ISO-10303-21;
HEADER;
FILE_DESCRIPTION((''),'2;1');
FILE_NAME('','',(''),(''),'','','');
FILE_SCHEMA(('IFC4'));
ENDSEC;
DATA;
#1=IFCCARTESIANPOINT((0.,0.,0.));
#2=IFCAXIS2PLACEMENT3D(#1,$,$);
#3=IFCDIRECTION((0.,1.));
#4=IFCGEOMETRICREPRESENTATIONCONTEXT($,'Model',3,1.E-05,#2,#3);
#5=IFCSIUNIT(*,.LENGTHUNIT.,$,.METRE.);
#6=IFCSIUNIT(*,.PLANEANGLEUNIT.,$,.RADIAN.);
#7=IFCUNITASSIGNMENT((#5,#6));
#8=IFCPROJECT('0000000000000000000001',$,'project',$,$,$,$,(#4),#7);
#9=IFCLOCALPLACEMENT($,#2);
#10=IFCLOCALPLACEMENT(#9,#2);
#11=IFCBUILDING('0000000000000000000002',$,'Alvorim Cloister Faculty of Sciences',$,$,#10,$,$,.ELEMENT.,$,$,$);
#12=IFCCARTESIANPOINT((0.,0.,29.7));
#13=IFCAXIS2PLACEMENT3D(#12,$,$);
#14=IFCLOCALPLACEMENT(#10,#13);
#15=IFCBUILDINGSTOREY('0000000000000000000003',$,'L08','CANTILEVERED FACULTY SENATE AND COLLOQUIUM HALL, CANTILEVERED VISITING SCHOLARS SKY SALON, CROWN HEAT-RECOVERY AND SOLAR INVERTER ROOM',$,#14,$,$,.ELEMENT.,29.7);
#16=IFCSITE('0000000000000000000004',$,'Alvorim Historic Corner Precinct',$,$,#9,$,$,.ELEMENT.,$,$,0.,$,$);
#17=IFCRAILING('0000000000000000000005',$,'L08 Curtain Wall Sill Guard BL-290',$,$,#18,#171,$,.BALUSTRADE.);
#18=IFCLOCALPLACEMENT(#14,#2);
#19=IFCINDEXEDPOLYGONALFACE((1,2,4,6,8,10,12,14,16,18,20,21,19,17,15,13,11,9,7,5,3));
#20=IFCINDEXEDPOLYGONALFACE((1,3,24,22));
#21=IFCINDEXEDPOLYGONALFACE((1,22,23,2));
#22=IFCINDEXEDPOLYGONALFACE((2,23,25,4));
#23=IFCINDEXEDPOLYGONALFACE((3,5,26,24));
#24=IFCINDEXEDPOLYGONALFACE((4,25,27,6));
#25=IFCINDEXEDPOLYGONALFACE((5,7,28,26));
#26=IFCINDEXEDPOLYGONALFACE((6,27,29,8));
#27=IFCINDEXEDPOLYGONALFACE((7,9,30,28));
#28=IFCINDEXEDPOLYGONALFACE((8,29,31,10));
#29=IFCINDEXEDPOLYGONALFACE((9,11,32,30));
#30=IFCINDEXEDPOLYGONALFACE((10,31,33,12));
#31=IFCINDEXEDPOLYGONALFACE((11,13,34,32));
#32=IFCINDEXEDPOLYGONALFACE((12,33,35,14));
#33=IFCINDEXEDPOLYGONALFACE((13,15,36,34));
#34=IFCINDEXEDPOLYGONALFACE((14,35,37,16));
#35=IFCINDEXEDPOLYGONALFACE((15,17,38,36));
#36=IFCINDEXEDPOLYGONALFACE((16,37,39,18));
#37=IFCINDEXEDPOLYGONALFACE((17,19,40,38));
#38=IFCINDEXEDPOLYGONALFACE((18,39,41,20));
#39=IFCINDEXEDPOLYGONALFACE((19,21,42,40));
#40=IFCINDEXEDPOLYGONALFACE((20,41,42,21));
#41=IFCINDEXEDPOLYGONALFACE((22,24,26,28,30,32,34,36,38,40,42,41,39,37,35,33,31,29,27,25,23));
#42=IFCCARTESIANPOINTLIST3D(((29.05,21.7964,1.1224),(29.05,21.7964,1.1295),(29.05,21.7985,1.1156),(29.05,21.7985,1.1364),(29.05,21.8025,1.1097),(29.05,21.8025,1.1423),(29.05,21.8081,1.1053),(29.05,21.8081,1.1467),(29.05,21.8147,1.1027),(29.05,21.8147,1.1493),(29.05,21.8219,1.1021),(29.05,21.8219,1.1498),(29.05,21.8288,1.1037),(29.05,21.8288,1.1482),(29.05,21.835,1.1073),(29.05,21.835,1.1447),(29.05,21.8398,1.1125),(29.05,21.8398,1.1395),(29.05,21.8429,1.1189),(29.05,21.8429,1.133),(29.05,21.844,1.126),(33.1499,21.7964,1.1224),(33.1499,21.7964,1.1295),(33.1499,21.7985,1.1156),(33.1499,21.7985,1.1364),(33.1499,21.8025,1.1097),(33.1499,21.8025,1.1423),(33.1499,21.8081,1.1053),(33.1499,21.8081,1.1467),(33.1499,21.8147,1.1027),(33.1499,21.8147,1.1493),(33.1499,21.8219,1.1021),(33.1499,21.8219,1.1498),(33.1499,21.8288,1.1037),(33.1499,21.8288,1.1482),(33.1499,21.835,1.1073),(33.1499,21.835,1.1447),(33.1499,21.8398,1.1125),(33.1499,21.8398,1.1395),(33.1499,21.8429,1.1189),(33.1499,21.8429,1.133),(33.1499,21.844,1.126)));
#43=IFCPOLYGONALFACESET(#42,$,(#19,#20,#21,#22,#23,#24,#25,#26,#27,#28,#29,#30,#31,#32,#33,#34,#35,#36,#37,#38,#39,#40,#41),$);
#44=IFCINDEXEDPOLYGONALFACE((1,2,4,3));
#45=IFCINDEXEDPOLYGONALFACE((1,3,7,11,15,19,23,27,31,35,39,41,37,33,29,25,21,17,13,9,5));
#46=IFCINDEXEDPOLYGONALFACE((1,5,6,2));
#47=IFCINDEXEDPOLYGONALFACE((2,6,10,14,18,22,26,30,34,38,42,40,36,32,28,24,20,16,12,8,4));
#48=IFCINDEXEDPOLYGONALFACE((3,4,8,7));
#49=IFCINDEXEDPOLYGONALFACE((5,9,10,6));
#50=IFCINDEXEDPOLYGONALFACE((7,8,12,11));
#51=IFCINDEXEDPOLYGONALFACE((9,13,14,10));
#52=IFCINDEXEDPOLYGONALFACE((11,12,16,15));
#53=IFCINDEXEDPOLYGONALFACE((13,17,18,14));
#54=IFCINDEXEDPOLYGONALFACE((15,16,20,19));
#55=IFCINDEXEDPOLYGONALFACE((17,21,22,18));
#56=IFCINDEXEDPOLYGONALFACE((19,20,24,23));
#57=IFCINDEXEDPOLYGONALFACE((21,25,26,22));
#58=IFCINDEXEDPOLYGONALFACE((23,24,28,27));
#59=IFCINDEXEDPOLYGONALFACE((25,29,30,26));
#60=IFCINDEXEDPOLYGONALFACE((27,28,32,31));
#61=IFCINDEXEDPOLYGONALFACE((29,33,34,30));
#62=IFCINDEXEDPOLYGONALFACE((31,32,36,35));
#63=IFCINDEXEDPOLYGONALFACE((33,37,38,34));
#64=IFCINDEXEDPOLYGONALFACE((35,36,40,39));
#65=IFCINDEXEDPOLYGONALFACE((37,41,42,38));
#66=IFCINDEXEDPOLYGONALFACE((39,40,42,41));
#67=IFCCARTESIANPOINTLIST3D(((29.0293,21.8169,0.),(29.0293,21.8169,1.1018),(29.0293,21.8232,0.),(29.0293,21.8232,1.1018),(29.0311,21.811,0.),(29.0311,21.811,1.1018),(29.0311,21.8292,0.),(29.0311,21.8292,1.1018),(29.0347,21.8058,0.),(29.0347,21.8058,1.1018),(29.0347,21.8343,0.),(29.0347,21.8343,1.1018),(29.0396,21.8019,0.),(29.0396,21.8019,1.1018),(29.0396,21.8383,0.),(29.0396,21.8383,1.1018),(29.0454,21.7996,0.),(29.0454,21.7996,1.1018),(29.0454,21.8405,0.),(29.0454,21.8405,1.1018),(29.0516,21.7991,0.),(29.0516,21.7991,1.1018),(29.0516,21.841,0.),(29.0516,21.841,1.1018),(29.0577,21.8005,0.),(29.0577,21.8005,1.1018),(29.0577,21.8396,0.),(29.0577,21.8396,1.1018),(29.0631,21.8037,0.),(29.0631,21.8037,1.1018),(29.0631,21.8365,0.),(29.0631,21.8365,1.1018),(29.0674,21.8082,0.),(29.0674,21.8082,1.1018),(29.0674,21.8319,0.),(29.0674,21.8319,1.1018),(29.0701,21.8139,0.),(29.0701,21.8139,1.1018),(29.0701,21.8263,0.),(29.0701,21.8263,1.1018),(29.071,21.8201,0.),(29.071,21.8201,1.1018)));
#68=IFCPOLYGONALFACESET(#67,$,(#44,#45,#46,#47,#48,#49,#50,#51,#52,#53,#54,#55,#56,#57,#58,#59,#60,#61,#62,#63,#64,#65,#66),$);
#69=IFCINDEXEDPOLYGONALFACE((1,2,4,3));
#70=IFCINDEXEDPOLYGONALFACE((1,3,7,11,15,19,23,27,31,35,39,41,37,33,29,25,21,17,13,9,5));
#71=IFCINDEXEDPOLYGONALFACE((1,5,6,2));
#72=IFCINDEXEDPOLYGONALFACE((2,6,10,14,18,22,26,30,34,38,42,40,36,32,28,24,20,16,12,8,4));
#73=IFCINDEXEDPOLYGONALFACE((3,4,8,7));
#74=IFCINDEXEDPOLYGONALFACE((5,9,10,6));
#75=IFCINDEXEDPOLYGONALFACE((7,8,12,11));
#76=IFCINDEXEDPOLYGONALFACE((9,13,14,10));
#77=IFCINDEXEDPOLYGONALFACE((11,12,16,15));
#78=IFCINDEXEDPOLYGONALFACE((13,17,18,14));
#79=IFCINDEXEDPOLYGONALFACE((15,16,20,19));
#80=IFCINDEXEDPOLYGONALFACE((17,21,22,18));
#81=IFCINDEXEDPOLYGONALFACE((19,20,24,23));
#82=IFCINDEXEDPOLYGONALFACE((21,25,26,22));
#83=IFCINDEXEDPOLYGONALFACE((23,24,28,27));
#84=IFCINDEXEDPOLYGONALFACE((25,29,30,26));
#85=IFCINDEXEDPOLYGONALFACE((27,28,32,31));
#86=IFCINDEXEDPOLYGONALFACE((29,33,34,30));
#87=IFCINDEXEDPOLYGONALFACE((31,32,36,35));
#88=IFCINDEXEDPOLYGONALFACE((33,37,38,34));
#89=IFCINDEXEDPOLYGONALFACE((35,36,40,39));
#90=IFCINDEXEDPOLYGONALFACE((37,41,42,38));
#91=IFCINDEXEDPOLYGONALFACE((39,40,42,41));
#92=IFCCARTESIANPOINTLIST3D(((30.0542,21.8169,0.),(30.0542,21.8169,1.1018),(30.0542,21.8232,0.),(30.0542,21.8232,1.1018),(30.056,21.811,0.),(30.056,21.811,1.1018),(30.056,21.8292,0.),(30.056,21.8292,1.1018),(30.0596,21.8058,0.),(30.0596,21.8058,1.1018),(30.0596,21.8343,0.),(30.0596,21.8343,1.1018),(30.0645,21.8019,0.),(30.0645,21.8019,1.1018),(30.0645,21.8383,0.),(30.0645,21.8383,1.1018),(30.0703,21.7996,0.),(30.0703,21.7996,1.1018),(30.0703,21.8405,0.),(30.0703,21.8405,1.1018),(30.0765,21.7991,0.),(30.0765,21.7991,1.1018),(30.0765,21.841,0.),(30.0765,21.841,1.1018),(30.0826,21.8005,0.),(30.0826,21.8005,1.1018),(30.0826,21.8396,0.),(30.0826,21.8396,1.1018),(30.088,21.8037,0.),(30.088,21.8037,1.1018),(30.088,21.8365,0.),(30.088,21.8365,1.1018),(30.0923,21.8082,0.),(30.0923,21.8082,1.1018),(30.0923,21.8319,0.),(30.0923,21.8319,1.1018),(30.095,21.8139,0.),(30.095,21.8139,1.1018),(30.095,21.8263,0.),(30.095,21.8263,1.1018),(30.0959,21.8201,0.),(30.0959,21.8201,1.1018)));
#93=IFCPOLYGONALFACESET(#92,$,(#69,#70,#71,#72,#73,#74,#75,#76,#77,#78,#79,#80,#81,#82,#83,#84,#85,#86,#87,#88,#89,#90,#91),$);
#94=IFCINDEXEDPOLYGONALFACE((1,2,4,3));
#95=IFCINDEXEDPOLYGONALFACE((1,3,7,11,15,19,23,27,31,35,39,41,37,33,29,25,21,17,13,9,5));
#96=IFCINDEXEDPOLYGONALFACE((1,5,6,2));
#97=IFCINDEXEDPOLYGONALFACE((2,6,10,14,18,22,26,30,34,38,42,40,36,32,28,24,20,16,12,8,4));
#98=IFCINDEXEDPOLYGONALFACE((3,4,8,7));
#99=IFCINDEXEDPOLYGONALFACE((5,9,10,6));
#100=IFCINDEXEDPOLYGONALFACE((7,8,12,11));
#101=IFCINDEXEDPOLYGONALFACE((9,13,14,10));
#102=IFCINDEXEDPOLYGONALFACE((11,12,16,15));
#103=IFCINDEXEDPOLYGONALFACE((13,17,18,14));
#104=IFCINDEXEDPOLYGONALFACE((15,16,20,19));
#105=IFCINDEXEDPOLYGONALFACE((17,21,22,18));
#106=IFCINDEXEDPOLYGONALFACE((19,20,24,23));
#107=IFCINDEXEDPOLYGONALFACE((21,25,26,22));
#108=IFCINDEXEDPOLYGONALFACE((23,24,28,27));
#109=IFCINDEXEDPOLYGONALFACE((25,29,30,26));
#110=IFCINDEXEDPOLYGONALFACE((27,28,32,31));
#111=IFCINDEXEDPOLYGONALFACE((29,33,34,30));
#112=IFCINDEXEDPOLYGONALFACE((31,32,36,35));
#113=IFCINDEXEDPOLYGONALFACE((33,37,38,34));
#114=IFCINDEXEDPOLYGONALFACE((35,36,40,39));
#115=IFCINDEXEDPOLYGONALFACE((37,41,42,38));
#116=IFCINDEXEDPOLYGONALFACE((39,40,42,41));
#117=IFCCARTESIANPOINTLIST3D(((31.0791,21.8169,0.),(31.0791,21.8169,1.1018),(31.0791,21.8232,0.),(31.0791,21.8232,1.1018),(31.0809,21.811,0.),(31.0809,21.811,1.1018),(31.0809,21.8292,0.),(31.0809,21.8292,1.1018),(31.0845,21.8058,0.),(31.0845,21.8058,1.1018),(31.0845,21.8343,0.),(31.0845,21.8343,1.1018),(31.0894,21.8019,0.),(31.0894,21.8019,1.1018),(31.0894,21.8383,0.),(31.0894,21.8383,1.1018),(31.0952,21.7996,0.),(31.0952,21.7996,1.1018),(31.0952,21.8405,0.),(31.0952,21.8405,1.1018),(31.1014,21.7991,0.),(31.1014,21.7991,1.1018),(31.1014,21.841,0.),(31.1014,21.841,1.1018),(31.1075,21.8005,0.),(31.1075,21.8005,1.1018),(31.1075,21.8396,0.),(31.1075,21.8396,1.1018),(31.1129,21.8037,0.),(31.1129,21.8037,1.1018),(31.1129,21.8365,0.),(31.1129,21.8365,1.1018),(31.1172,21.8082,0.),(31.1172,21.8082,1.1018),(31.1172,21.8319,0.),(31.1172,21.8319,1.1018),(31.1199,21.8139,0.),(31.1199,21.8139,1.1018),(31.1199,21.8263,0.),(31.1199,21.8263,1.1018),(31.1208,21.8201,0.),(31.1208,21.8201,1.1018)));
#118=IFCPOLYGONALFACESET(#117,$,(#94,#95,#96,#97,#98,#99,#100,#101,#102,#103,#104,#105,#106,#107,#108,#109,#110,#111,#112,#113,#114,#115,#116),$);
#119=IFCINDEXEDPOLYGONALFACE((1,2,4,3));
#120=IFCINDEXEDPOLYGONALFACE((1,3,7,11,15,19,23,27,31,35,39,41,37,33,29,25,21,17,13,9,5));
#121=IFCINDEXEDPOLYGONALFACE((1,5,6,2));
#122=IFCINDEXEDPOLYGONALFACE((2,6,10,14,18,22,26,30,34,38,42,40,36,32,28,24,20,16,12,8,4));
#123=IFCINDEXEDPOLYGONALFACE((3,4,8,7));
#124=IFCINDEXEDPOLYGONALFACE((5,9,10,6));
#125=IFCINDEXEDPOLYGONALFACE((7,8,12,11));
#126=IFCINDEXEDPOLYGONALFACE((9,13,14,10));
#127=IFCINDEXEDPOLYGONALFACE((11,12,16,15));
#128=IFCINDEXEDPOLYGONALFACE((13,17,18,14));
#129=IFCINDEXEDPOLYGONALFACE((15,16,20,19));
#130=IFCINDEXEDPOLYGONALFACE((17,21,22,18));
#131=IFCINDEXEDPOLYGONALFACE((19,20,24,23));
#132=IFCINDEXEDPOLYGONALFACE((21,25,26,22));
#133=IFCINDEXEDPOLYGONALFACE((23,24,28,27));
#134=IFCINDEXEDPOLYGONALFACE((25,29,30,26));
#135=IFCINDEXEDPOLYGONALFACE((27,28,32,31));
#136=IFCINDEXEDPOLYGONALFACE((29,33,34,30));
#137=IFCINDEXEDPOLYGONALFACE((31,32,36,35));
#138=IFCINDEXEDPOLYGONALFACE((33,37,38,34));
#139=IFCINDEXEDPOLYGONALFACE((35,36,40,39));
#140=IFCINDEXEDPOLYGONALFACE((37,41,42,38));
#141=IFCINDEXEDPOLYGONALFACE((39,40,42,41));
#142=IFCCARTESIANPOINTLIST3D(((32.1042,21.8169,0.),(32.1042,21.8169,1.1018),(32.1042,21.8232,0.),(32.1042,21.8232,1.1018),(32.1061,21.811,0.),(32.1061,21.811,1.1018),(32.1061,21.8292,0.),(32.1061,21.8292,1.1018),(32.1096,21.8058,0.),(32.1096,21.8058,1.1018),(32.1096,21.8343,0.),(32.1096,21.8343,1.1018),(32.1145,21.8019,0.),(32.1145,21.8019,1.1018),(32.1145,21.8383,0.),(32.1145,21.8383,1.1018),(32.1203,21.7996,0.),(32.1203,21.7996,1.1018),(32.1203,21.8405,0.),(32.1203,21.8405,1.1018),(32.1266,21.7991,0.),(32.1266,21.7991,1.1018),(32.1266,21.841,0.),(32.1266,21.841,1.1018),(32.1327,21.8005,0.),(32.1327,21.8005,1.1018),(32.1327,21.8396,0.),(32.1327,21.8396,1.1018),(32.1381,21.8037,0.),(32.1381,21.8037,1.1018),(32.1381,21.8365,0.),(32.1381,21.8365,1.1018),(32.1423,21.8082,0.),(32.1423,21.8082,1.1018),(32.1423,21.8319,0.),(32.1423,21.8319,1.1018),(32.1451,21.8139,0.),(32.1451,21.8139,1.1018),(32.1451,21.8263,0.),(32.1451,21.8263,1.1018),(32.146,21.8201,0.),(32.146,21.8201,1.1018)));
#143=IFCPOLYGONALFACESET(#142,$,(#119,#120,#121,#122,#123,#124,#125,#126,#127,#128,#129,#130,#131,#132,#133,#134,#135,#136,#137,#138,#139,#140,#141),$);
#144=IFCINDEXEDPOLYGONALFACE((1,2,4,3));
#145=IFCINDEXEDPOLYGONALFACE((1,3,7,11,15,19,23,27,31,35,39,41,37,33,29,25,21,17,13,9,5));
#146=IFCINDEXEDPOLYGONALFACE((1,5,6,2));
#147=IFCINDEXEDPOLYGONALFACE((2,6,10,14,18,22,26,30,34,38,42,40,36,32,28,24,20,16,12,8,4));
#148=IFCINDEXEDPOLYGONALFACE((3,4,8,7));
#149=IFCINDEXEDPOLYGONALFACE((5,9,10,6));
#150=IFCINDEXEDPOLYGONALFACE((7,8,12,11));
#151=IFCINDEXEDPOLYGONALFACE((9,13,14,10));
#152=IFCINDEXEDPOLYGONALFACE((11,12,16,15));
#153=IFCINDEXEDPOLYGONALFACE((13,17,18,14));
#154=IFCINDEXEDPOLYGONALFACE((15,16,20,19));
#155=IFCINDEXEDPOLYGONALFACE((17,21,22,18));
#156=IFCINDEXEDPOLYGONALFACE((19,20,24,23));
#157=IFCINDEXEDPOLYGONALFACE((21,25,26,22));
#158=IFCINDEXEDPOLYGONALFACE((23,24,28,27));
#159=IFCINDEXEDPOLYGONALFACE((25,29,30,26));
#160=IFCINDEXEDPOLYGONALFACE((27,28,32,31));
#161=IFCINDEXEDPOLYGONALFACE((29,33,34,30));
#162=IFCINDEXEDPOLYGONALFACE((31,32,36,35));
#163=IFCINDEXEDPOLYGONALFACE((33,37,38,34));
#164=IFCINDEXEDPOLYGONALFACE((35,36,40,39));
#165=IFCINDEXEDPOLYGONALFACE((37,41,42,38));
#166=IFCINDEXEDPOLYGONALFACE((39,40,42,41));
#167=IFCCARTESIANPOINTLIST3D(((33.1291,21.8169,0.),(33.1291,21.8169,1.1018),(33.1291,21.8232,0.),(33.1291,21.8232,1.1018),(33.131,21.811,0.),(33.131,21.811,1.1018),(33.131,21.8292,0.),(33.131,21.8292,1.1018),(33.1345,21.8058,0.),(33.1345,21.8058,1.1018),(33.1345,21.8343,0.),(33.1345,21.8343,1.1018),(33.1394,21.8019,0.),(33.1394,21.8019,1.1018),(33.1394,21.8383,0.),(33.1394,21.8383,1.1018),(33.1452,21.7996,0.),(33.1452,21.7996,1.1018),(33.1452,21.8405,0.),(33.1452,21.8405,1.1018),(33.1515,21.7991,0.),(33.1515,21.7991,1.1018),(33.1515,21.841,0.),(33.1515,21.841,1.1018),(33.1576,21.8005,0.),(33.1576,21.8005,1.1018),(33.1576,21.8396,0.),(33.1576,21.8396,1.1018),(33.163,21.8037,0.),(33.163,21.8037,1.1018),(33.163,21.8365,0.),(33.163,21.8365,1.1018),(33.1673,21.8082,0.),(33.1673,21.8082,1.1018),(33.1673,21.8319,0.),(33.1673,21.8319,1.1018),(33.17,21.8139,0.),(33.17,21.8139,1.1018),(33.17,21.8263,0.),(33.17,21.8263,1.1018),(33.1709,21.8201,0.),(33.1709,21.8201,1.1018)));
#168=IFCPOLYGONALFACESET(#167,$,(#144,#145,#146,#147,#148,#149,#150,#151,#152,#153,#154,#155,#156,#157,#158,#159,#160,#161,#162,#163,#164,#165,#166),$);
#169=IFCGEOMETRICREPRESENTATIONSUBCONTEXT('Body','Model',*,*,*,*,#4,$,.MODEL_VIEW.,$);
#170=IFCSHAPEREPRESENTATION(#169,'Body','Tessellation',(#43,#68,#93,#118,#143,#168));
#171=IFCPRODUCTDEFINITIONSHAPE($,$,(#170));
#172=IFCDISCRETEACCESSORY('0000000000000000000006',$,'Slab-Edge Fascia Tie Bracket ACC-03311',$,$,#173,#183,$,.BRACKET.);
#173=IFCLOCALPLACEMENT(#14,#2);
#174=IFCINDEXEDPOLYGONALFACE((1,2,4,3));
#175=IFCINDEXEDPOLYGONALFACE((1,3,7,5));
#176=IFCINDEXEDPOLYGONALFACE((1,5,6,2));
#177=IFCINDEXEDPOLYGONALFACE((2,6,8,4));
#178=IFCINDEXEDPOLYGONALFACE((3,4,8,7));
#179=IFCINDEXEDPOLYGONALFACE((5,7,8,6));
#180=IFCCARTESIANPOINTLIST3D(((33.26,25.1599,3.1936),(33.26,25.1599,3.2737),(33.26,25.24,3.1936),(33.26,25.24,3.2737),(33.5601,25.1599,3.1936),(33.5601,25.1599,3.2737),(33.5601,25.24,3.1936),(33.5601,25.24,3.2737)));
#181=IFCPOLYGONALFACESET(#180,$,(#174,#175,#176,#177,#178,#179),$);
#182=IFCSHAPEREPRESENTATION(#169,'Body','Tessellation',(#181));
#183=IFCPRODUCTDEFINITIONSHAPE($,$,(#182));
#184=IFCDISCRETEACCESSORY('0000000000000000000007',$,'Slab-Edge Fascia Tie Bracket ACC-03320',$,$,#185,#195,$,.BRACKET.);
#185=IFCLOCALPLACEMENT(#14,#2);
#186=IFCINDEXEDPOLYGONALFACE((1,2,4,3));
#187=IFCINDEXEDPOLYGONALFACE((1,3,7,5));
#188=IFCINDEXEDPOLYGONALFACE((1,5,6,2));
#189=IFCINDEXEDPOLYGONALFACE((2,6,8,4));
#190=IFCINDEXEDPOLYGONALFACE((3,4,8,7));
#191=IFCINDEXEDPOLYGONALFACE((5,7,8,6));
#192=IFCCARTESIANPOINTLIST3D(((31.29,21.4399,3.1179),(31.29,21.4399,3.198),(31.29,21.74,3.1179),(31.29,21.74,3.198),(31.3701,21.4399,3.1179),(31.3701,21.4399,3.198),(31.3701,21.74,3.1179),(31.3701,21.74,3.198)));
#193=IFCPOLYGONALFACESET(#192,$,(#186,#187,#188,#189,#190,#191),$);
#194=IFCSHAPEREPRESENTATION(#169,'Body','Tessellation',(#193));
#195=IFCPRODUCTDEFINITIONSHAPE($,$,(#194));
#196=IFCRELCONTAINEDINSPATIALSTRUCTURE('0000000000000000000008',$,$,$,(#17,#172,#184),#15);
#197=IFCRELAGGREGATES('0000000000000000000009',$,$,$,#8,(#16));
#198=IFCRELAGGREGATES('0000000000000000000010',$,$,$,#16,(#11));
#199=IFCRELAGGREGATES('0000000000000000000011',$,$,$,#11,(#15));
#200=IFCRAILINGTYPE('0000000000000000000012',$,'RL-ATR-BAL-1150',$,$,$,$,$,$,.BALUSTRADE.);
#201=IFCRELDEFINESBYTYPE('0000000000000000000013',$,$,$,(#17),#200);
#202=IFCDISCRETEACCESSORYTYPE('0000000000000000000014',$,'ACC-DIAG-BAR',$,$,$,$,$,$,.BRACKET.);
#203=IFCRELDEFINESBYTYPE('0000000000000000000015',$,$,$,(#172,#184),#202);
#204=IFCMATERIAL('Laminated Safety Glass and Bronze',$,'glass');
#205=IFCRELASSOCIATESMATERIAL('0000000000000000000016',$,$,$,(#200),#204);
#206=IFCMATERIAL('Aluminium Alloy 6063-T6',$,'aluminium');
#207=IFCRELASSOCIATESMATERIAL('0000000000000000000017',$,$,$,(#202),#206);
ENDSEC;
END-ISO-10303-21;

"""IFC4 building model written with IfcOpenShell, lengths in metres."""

from ifc_helpers import new_model, si_unit, direction, frame, origin, origin_2d, place, context, subcontext, project, spatial, rectangle, circle, extrude, material, type_object, element, save


model = new_model("IFC4")

# Units and contexts
model_context = context("Model", 3, precision=1e-05, world=origin(), true_north=direction((0.0, 1.0)))
body_context = subcontext(model_context, "Body", "Model", "MODEL_VIEW")
ifc_project = project(units=[si_unit("LENGTHUNIT", "METRE"), si_unit("PLANEANGLEUNIT", "RADIAN")], contexts=[model_context])

# Site, building, storey
site_placement = place(None, origin())
site = spatial("IfcSite", under=ifc_project, at=site_placement, Name="Alvorim Historic Corner Precinct", CompositionType="ELEMENT", RefElevation=0.0)
building_placement = place(site_placement, origin())
building = spatial("IfcBuilding", under=site, at=building_placement, Name="Alvorim Cloister Faculty of Sciences", CompositionType="ELEMENT")
storey_placement = place(building_placement, frame((0.0, 0.0, 29.7)))
storey = spatial("IfcBuildingStorey", under=building, at=storey_placement, Name="L08", Description="CANTILEVERED FACULTY SENATE AND COLLOQUIUM HALL, CANTILEVERED VISITING SCHOLARS SKY SALON, CROWN HEAT-RECOVERY AND SOLAR INVERTER ROOM", CompositionType="ELEMENT", Elevation=29.7)

# Shared definitions
ifc_material_1 = material(Name="Aluminium Alloy 6063-T6", Category="aluminium")

# Railing
ifc_material_2 = material(Name="Laminated Safety Glass and Bronze", Category="glass")
railing_type = type_object("IfcRailingType", Name="RL-ATR-BAL-1150", PredefinedType="BALUSTRADE", material=ifc_material_2)
railing_1_placement = place(storey_placement, frame((29.05, 21.8201, 0.0)))
element("IfcRailing", 1, at=railing_1_placement, inside=storey, type_object=railing_type, Name="L08 Curtain Wall Sill Guard BL-290", PredefinedType="BALUSTRADE", context=body_context, shape_type="SweptSolid", body=[
    extrude(circle(Radius=0.0239, at=origin_2d()), frame((0.0, 0.0, 1.126), z_axis=(1.0, 0.0, 0.0), x_axis=(0.0, 1.0, 0.0)), (0.0, 0.0, 1.0), 4.0999),
    extrude(circle(Radius=0.021, at=origin_2d()), origin(), (0.0, 0.0, 1.0), 1.1018),
    extrude(circle(Radius=0.021, at=origin_2d()), frame((1.0249, 0.0, 0.0)), (0.0, 0.0, 1.0), 1.1018),
    extrude(circle(Radius=0.021, at=origin_2d()), frame((2.0498, 0.0, 0.0)), (0.0, 0.0, 1.0), 1.1018),
    extrude(circle(Radius=0.021, at=origin_2d()), frame((3.075, 0.0, 0.0)), (0.0, 0.0, 1.0), 1.1018),
    extrude(circle(Radius=0.021, at=origin_2d()), frame((4.0999, 0.0, 0.0)), (0.0, 0.0, 1.0), 1.1018),
])

# Discrete accessories
discrete_accessory_type = type_object("IfcDiscreteAccessoryType", Name="ACC-DIAG-BAR", PredefinedType="BRACKET", material=ifc_material_1)
for number, where, z_axis, x_axis, name in (
    (2, (33.26, 25.2, 3.2336), (1.0, 0.0, 0.0), (0.0, 1.0, 0.0), "Slab-Edge Fascia Tie Bracket ACC-03311"),
    (3, (31.3301, 21.74, 3.158), (0.0, -1.0, 0.0), (1.0, 0.0, 0.0), "Slab-Edge Fascia Tie Bracket ACC-03320"),
):
    element("IfcDiscreteAccessory", number, at=place(storey_placement, frame(where, z_axis=z_axis, x_axis=x_axis)), inside=storey, type_object=discrete_accessory_type, Name=name, PredefinedType="BRACKET", context=body_context, shape_type="SweptSolid", body=[
        extrude(rectangle(XDim=0.0801, YDim=0.0801, at=origin_2d()), origin(), (0.0, 0.0, 1.0), 0.3),
    ])

save(model, "model.ifc")
